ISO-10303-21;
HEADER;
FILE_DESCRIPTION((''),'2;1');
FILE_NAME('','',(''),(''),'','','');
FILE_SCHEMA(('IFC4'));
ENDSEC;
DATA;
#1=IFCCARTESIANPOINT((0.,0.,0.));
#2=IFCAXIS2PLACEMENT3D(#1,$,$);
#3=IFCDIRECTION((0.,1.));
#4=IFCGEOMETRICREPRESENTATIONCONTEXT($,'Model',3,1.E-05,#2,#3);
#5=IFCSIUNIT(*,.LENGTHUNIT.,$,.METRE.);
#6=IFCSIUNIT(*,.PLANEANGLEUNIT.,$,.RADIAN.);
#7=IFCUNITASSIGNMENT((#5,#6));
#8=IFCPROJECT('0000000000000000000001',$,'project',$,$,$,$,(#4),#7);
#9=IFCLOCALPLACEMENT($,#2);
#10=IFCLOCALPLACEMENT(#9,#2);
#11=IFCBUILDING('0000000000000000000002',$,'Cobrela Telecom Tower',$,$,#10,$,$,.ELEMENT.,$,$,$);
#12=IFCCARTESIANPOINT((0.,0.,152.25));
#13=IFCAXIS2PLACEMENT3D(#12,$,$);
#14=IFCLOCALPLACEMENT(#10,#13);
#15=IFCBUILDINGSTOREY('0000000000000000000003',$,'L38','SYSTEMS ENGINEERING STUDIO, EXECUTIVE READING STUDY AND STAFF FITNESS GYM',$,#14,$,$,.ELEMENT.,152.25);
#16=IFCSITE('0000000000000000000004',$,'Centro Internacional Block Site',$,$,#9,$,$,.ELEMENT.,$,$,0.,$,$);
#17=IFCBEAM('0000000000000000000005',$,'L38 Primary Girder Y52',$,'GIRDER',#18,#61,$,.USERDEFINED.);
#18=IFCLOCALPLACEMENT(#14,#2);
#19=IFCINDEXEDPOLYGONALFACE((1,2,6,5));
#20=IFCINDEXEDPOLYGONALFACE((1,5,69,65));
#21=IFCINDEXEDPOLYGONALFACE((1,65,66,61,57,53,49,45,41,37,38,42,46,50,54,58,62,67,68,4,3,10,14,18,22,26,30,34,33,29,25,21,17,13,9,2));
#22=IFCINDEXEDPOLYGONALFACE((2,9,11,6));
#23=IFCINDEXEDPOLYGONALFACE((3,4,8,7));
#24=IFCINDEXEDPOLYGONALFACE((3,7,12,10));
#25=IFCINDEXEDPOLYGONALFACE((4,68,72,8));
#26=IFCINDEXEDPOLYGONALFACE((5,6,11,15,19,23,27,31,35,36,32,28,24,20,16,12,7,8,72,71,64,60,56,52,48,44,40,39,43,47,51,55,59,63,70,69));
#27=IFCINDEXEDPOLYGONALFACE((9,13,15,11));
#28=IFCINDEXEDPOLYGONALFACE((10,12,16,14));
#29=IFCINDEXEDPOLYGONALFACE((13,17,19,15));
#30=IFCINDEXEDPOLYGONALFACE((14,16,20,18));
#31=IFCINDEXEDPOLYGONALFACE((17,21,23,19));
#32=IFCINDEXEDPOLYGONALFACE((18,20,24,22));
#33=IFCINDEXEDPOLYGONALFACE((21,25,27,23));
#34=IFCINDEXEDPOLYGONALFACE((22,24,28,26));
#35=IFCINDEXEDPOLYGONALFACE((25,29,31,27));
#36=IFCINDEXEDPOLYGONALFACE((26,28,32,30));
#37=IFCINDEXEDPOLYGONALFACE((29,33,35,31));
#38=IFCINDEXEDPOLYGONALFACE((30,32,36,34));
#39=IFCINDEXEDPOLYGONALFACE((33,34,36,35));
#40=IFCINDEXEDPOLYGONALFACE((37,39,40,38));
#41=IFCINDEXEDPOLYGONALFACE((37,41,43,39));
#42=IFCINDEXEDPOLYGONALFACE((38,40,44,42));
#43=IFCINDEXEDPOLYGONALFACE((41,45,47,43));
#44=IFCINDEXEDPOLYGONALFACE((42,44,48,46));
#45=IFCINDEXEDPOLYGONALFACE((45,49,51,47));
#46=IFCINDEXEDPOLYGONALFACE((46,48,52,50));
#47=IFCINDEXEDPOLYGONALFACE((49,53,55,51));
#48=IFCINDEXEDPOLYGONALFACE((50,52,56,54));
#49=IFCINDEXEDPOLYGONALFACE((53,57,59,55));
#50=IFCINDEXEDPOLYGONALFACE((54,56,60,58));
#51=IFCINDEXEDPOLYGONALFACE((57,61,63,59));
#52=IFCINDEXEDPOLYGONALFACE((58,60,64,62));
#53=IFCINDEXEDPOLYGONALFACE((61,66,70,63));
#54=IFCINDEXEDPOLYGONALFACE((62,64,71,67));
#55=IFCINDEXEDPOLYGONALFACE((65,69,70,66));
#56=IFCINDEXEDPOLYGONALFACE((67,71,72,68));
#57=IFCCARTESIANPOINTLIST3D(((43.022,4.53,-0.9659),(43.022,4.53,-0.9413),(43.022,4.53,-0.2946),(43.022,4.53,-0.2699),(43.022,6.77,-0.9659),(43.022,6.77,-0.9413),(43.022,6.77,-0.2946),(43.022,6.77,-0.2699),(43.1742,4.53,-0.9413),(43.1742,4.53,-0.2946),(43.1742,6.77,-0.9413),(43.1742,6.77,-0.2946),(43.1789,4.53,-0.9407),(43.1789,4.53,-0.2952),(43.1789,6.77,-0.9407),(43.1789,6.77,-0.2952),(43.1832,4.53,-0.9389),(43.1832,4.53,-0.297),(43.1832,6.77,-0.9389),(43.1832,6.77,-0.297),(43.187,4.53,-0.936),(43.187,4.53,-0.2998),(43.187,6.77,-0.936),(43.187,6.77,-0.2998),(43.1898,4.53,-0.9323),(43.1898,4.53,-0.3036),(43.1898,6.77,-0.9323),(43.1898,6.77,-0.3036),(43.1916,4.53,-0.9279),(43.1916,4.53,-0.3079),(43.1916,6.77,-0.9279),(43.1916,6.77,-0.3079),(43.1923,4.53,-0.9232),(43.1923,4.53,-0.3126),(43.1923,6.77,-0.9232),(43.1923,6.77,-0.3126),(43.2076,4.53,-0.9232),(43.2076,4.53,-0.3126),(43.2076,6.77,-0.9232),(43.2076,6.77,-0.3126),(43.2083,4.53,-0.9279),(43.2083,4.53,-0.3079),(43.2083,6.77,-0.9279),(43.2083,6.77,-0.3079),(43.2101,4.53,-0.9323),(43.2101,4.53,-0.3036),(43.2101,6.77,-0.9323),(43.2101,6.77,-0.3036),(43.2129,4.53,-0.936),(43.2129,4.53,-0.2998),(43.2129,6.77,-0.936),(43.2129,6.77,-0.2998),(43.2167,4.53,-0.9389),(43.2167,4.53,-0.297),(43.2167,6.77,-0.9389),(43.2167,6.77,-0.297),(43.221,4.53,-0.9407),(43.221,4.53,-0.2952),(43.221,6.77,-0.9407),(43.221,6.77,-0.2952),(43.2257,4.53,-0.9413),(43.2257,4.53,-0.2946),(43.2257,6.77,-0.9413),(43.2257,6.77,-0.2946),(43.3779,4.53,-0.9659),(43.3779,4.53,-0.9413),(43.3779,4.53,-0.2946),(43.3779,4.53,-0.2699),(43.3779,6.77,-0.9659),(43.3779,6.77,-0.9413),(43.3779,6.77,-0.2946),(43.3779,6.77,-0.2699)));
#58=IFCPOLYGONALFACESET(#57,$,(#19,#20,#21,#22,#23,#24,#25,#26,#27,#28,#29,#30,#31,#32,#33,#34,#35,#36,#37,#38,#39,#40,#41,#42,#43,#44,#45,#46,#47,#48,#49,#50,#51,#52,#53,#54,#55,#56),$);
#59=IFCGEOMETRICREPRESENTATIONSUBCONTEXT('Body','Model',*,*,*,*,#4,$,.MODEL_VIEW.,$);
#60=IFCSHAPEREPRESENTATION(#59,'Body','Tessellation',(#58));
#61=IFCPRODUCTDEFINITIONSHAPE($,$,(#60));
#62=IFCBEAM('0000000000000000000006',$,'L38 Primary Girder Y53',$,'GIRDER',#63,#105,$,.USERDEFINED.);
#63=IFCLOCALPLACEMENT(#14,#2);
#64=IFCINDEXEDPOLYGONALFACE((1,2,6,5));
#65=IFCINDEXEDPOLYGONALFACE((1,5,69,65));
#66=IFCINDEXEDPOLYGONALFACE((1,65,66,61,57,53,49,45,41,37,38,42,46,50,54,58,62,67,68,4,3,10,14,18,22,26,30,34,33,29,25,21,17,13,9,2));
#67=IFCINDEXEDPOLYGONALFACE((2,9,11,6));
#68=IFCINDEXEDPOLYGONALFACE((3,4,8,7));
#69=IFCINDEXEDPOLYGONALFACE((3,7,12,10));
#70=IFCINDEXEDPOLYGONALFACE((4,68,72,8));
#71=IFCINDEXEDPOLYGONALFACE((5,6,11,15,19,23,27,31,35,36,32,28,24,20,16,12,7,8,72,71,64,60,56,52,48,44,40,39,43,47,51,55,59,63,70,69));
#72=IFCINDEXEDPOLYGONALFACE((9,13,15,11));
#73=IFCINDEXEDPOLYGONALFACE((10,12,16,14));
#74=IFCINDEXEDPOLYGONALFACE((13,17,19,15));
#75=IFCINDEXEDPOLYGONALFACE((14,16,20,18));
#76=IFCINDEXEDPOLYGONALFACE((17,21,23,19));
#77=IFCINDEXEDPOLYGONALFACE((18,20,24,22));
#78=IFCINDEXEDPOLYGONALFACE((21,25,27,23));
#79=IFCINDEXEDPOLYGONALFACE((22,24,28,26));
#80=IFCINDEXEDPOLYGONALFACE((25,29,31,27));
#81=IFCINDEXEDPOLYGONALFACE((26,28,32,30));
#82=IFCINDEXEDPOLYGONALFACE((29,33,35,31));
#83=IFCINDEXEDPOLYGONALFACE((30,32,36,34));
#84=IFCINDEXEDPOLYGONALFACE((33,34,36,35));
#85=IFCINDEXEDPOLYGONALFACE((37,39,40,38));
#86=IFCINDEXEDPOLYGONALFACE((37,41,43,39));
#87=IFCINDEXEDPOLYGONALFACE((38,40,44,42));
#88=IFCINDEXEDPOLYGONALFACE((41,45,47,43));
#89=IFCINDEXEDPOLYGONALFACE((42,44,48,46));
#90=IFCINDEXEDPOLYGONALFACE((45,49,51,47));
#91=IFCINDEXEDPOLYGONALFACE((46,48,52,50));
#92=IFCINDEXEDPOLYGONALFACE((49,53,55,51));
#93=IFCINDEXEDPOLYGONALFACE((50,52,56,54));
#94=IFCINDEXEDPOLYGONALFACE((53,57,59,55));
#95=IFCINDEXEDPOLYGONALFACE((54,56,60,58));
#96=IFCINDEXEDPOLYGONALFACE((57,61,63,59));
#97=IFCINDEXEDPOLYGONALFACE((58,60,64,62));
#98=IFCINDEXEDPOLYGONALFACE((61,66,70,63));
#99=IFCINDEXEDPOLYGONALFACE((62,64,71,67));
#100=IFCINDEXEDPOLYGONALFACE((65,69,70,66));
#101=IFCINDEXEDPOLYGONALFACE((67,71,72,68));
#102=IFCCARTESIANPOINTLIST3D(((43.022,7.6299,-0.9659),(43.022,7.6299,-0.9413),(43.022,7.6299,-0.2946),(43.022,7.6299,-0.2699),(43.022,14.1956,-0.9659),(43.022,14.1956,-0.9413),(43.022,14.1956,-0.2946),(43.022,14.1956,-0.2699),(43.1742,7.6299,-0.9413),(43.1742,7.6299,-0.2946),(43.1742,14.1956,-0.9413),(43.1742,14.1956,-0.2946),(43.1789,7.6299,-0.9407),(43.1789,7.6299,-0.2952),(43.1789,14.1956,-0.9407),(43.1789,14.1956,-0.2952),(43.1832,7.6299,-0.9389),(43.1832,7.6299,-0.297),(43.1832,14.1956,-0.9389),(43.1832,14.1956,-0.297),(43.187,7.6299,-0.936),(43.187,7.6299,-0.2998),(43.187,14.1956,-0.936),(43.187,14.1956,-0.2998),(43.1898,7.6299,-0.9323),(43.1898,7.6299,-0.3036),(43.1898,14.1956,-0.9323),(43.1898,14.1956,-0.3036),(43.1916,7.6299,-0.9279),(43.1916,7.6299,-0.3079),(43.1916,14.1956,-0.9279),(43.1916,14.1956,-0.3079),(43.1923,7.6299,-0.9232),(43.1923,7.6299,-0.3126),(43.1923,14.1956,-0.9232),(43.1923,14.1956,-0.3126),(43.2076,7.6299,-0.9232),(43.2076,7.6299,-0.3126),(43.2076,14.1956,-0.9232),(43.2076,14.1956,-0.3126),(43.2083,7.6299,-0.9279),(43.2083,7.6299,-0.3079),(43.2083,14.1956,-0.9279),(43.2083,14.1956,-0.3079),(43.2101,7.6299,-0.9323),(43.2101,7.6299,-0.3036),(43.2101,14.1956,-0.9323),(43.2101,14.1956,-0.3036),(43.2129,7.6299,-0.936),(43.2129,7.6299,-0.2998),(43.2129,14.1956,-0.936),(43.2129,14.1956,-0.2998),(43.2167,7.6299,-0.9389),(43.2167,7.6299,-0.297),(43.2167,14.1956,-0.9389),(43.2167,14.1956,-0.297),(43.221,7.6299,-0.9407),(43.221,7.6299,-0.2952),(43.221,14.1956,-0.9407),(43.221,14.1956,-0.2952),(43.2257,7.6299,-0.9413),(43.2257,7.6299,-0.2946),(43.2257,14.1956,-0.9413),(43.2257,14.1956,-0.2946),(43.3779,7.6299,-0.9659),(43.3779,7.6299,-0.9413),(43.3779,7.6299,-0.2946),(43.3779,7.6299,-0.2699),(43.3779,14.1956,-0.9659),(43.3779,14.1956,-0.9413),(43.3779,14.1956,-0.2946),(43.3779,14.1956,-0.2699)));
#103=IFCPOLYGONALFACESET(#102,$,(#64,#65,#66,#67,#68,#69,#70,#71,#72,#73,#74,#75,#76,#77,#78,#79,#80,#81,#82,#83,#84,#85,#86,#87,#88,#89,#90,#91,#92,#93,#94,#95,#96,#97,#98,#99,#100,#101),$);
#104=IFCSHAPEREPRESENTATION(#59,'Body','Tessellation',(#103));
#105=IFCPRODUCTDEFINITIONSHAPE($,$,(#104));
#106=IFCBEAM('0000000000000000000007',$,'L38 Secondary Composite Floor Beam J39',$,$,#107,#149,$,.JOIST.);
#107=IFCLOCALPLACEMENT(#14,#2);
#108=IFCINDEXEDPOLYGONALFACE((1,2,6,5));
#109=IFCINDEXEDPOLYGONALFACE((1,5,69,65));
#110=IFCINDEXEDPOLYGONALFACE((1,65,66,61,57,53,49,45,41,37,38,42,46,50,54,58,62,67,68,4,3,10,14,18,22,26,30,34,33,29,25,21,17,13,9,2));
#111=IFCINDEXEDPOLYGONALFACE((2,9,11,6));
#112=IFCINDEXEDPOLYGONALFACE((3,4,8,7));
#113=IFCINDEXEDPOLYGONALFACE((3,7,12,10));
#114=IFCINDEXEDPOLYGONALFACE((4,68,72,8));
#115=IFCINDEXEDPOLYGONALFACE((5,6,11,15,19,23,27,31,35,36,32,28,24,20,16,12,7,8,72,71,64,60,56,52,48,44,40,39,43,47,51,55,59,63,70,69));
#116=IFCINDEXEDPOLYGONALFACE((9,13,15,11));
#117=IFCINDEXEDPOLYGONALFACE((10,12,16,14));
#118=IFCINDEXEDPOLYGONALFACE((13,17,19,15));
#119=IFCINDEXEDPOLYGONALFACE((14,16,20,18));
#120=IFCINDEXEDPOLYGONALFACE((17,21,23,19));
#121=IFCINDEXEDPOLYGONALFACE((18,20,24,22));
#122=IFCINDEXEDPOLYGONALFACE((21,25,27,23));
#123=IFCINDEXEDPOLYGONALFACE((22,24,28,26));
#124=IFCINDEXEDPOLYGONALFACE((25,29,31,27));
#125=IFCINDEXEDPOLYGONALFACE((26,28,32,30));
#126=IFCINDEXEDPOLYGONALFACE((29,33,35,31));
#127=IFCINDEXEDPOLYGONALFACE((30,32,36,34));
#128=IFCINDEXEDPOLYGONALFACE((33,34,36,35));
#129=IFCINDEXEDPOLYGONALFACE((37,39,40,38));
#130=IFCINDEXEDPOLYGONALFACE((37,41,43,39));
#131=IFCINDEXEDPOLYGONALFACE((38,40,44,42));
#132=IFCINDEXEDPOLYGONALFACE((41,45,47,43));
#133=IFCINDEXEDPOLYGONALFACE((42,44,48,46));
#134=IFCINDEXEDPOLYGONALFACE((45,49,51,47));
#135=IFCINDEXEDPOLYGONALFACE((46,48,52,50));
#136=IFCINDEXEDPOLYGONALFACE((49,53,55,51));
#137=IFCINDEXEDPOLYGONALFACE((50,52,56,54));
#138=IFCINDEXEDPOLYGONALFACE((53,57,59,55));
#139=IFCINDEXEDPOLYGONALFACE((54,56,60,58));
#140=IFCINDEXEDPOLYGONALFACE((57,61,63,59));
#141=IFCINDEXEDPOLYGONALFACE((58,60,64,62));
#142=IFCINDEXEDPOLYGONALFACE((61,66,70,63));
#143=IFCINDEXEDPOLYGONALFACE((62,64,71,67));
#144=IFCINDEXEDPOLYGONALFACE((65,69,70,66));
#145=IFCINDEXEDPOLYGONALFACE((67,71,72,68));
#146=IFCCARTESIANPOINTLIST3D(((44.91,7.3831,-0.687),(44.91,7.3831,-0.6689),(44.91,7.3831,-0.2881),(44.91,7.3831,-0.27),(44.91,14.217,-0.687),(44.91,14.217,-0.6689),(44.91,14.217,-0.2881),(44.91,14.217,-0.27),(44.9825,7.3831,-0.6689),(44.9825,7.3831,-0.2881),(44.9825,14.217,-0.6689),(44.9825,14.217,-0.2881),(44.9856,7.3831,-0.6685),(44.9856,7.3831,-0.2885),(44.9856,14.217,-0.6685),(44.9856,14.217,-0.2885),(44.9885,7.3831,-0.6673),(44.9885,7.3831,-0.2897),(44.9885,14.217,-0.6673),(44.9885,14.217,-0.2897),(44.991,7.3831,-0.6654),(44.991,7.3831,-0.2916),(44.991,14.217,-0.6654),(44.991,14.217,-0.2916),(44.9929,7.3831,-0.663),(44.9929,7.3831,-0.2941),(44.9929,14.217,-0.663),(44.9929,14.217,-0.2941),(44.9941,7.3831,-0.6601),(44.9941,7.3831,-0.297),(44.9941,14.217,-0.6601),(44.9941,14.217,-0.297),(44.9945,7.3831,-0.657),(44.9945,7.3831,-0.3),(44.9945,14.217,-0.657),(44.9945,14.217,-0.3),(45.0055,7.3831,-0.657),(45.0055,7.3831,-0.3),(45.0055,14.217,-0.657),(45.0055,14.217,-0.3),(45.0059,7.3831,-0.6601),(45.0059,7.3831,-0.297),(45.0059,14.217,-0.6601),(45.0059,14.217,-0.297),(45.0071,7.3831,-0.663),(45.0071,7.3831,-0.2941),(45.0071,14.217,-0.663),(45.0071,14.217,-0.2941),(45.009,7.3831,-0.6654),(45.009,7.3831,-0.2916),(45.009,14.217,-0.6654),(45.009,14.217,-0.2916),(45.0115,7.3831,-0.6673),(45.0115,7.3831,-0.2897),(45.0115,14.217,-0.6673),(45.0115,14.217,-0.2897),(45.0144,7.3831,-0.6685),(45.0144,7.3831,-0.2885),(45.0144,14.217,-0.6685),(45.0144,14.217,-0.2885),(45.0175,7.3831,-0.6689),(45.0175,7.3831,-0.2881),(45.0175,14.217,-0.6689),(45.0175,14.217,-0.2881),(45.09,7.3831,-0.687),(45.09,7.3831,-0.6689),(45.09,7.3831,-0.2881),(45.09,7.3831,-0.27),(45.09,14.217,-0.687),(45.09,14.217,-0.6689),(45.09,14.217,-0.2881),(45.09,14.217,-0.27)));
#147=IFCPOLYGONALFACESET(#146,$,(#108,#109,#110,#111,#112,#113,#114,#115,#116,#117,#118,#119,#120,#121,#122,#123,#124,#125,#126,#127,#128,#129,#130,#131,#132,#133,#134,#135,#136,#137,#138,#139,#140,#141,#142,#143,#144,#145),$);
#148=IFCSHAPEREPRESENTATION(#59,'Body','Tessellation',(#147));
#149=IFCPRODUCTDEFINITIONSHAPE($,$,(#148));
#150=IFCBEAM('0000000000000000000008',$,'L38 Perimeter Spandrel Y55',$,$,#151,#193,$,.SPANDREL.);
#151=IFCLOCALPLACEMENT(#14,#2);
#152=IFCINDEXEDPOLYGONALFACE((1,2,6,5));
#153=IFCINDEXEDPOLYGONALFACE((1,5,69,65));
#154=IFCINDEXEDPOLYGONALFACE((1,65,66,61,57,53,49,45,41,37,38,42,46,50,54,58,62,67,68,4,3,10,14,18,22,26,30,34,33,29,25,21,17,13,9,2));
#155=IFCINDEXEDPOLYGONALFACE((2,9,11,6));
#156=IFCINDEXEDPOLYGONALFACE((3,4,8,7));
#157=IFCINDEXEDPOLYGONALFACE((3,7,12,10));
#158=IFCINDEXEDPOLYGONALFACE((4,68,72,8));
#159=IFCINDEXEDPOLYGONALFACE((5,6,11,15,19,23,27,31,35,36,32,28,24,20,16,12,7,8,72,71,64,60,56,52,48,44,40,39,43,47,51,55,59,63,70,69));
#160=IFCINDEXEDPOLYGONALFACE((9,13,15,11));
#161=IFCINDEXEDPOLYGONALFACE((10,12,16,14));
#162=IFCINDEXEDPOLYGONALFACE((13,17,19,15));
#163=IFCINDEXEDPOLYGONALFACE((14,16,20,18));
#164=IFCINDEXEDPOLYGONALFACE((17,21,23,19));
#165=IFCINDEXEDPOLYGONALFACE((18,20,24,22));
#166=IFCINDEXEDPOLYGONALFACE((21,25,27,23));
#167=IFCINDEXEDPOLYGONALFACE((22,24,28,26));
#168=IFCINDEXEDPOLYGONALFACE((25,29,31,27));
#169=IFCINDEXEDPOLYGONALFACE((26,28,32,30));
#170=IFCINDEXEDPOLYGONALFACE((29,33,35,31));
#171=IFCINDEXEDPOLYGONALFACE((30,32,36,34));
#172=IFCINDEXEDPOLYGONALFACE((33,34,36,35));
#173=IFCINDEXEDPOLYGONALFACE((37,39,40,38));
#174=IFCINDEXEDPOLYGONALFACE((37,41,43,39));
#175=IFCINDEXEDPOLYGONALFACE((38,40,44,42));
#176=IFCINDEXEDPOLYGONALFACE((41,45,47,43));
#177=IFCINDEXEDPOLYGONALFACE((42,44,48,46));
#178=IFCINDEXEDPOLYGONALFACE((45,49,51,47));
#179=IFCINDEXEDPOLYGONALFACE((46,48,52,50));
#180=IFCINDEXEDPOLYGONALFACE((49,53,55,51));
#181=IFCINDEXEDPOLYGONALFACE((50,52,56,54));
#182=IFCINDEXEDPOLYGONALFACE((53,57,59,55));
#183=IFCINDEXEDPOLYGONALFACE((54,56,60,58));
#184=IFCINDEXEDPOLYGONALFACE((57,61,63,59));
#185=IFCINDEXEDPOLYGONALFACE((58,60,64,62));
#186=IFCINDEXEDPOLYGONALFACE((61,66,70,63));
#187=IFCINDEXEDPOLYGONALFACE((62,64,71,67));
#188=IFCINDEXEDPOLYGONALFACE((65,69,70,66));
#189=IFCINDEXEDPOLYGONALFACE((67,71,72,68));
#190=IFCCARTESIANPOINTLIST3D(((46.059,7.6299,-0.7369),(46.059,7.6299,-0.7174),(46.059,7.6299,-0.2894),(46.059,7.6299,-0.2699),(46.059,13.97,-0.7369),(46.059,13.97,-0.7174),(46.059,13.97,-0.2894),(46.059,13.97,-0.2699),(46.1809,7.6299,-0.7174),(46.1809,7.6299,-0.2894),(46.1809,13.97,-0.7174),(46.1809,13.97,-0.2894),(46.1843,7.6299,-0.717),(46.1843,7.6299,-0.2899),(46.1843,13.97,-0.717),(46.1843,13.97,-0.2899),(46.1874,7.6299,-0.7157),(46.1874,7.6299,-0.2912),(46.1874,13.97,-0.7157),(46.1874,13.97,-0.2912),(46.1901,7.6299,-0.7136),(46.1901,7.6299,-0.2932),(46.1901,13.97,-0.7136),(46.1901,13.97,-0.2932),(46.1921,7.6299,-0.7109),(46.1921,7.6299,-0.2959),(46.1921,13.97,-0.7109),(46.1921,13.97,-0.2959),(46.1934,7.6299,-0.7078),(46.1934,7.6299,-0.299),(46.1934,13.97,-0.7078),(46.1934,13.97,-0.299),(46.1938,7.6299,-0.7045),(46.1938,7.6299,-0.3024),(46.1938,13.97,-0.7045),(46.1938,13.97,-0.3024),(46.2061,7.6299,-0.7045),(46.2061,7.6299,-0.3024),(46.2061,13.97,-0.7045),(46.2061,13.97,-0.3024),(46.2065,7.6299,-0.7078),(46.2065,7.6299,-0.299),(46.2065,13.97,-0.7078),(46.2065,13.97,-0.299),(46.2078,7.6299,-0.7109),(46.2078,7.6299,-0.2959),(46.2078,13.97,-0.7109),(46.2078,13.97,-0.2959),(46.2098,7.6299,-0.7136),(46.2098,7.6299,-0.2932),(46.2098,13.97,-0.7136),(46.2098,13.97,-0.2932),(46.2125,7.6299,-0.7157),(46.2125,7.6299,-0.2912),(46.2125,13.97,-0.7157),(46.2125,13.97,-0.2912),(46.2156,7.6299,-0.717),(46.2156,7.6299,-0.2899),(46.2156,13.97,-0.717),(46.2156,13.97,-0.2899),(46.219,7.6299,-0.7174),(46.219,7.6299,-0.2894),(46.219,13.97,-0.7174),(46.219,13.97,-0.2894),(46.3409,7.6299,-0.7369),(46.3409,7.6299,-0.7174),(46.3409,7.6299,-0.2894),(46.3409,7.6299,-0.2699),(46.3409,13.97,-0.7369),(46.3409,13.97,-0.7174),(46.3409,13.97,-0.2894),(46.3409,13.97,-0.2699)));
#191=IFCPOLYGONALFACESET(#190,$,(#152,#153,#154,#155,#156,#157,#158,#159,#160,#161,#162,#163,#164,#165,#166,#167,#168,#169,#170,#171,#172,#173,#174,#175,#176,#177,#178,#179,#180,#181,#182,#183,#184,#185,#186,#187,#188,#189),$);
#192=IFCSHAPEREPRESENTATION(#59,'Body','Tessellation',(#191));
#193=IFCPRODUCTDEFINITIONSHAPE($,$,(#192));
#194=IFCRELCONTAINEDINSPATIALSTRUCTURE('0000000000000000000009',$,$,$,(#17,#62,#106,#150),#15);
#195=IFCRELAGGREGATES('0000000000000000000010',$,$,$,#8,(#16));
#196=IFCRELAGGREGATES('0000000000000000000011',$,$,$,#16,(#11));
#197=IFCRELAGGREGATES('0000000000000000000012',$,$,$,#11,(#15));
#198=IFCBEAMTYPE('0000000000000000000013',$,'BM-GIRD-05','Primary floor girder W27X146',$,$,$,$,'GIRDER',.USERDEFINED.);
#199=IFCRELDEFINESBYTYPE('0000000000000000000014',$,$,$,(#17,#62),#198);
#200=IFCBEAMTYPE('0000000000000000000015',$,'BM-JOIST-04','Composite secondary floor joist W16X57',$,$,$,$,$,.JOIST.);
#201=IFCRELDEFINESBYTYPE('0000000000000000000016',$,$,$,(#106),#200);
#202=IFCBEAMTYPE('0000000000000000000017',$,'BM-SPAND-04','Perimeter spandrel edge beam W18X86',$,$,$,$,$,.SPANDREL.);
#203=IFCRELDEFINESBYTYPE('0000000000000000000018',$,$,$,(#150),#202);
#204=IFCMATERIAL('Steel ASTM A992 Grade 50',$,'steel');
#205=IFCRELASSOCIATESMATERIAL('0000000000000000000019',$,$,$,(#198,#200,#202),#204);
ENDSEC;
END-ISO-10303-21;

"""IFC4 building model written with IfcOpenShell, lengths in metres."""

from ifc_helpers import new_model, si_unit, direction, frame, origin, origin_2d, place, context, subcontext, project, spatial, i_section, extrude, material, material_profile, profile_set, type_object, element, save


model = new_model("IFC4")

# Units and contexts
model_context = context("Model", 3, precision=1e-05, world=origin(), true_north=direction((0.0, 1.0)))
body_context = subcontext(model_context, "Body", "Model", "MODEL_VIEW")
ifc_project = project(units=[si_unit("LENGTHUNIT", "METRE"), si_unit("PLANEANGLEUNIT", "RADIAN")], contexts=[model_context])

# Site, building, storey
site_placement = place(None, origin())
site = spatial("IfcSite", under=ifc_project, at=site_placement, Name="Centro Internacional Block Site", CompositionType="ELEMENT", RefElevation=0.0)
building_placement = place(site_placement, origin())
building = spatial("IfcBuilding", under=site, at=building_placement, Name="Cobrela Telecom Tower", CompositionType="ELEMENT")
storey_placement = place(building_placement, frame((0.0, 0.0, 152.25)))
storey = spatial("IfcBuildingStorey", under=building, at=storey_placement, Name="L38", Description="SYSTEMS ENGINEERING STUDIO, EXECUTIVE READING STUDY AND STAFF FITNESS GYM", CompositionType="ELEMENT", Elevation=152.25)

# Shared definitions
ifc_material_1 = material(Name="Steel ASTM A992 Grade 50", Category="steel")

# Beams
ifc_material_profile_1 = material_profile(ifc_material_1, i_section(OverallWidth=0.356, OverallDepth=0.696, WebThickness=0.0154, FlangeThickness=0.0247, FilletRadius=0.0181, at=origin_2d()), Name="W27X146")
ifc_profile_set_1 = profile_set([ifc_material_profile_1], Name="Steel ASTM A992 Grade 50")
beam_type_1 = type_object("IfcBeamType", Name="BM-GIRD-05", Description="Primary floor girder W27X146", ElementType="GIRDER", PredefinedType="USERDEFINED", material=ifc_profile_set_1)
beam_1_placement = place(storey_placement, frame((43.2, 4.53, -0.6179), z_axis=(0.0, 1.0, 0.0), x_axis=(-1.0, 0.0, 0.0)))
element("IfcBeam", 1, at=beam_1_placement, inside=storey, type_object=beam_type_1, Name="L38 Primary Girder Y52", ObjectType="GIRDER", PredefinedType="USERDEFINED", context=body_context, shape_type="SweptSolid", body=[
    extrude(i_section(OverallWidth=0.356, OverallDepth=0.696, WebThickness=0.0154, FlangeThickness=0.0247, FilletRadius=0.0181, at=origin_2d()), origin(), (0.0, 0.0, 1.0), 2.24),
])
beam_2_placement = place(storey_placement, frame((43.2, 7.6299, -0.6179), z_axis=(0.0, 1.0, 0.0), x_axis=(-1.0, 0.0, 0.0)))
element("IfcBeam", 2, at=beam_2_placement, inside=storey, type_object=beam_type_1, Name="L38 Primary Girder Y53", ObjectType="GIRDER", PredefinedType="USERDEFINED", context=body_context, shape_type="SweptSolid", body=[
    extrude(i_section(OverallWidth=0.356, OverallDepth=0.696, WebThickness=0.0154, FlangeThickness=0.0247, FilletRadius=0.0181, at=origin_2d()), origin(), (0.0, 0.0, 1.0), 6.5657),
])
ifc_material_profile_2 = material_profile(ifc_material_1, i_section(OverallWidth=0.1799, OverallDepth=0.417, WebThickness=0.011, FlangeThickness=0.0181, FilletRadius=0.012, at=origin_2d()), Name="W16X57")
ifc_profile_set_2 = profile_set([ifc_material_profile_2], Name="Steel ASTM A992 Grade 50")
beam_type_2 = type_object("IfcBeamType", Name="BM-JOIST-04", Description="Composite secondary floor joist W16X57", PredefinedType="JOIST", material=ifc_profile_set_2)
beam_3_placement = place(storey_placement, frame((45.0, 7.3831, -0.4785), z_axis=(0.0, 1.0, 0.0), x_axis=(-1.0, 0.0, 0.0)))
element("IfcBeam", 3, at=beam_3_placement, inside=storey, type_object=beam_type_2, Name="L38 Secondary Composite Floor Beam J39", PredefinedType="JOIST", context=body_context, shape_type="SweptSolid", body=[
    extrude(i_section(OverallWidth=0.1799, OverallDepth=0.417, WebThickness=0.011, FlangeThickness=0.0181, FilletRadius=0.012, at=origin_2d()), origin(), (0.0, 0.0, 1.0), 6.834),
])
ifc_material_profile_3 = material_profile(ifc_material_1, i_section(OverallWidth=0.282, OverallDepth=0.467, WebThickness=0.0122, FlangeThickness=0.0195, FilletRadius=0.0129, at=origin_2d()), Name="W18X86")
ifc_profile_set_3 = profile_set([ifc_material_profile_3], Name="Steel ASTM A992 Grade 50")
beam_type_3 = type_object("IfcBeamType", Name="BM-SPAND-04", Description="Perimeter spandrel edge beam W18X86", PredefinedType="SPANDREL", material=ifc_profile_set_3)
beam_4_placement = place(storey_placement, frame((46.2, 7.6299, -0.5034), z_axis=(0.0, 1.0, 0.0), x_axis=(-1.0, 0.0, 0.0)))
element("IfcBeam", 4, at=beam_4_placement, inside=storey, type_object=beam_type_3, Name="L38 Perimeter Spandrel Y55", PredefinedType="SPANDREL", context=body_context, shape_type="SweptSolid", body=[
    extrude(i_section(OverallWidth=0.282, OverallDepth=0.467, WebThickness=0.0122, FlangeThickness=0.0195, FilletRadius=0.0129, at=origin_2d()), origin(), (0.0, 0.0, 1.0), 6.3401),
])

save(model, "model.ifc")
